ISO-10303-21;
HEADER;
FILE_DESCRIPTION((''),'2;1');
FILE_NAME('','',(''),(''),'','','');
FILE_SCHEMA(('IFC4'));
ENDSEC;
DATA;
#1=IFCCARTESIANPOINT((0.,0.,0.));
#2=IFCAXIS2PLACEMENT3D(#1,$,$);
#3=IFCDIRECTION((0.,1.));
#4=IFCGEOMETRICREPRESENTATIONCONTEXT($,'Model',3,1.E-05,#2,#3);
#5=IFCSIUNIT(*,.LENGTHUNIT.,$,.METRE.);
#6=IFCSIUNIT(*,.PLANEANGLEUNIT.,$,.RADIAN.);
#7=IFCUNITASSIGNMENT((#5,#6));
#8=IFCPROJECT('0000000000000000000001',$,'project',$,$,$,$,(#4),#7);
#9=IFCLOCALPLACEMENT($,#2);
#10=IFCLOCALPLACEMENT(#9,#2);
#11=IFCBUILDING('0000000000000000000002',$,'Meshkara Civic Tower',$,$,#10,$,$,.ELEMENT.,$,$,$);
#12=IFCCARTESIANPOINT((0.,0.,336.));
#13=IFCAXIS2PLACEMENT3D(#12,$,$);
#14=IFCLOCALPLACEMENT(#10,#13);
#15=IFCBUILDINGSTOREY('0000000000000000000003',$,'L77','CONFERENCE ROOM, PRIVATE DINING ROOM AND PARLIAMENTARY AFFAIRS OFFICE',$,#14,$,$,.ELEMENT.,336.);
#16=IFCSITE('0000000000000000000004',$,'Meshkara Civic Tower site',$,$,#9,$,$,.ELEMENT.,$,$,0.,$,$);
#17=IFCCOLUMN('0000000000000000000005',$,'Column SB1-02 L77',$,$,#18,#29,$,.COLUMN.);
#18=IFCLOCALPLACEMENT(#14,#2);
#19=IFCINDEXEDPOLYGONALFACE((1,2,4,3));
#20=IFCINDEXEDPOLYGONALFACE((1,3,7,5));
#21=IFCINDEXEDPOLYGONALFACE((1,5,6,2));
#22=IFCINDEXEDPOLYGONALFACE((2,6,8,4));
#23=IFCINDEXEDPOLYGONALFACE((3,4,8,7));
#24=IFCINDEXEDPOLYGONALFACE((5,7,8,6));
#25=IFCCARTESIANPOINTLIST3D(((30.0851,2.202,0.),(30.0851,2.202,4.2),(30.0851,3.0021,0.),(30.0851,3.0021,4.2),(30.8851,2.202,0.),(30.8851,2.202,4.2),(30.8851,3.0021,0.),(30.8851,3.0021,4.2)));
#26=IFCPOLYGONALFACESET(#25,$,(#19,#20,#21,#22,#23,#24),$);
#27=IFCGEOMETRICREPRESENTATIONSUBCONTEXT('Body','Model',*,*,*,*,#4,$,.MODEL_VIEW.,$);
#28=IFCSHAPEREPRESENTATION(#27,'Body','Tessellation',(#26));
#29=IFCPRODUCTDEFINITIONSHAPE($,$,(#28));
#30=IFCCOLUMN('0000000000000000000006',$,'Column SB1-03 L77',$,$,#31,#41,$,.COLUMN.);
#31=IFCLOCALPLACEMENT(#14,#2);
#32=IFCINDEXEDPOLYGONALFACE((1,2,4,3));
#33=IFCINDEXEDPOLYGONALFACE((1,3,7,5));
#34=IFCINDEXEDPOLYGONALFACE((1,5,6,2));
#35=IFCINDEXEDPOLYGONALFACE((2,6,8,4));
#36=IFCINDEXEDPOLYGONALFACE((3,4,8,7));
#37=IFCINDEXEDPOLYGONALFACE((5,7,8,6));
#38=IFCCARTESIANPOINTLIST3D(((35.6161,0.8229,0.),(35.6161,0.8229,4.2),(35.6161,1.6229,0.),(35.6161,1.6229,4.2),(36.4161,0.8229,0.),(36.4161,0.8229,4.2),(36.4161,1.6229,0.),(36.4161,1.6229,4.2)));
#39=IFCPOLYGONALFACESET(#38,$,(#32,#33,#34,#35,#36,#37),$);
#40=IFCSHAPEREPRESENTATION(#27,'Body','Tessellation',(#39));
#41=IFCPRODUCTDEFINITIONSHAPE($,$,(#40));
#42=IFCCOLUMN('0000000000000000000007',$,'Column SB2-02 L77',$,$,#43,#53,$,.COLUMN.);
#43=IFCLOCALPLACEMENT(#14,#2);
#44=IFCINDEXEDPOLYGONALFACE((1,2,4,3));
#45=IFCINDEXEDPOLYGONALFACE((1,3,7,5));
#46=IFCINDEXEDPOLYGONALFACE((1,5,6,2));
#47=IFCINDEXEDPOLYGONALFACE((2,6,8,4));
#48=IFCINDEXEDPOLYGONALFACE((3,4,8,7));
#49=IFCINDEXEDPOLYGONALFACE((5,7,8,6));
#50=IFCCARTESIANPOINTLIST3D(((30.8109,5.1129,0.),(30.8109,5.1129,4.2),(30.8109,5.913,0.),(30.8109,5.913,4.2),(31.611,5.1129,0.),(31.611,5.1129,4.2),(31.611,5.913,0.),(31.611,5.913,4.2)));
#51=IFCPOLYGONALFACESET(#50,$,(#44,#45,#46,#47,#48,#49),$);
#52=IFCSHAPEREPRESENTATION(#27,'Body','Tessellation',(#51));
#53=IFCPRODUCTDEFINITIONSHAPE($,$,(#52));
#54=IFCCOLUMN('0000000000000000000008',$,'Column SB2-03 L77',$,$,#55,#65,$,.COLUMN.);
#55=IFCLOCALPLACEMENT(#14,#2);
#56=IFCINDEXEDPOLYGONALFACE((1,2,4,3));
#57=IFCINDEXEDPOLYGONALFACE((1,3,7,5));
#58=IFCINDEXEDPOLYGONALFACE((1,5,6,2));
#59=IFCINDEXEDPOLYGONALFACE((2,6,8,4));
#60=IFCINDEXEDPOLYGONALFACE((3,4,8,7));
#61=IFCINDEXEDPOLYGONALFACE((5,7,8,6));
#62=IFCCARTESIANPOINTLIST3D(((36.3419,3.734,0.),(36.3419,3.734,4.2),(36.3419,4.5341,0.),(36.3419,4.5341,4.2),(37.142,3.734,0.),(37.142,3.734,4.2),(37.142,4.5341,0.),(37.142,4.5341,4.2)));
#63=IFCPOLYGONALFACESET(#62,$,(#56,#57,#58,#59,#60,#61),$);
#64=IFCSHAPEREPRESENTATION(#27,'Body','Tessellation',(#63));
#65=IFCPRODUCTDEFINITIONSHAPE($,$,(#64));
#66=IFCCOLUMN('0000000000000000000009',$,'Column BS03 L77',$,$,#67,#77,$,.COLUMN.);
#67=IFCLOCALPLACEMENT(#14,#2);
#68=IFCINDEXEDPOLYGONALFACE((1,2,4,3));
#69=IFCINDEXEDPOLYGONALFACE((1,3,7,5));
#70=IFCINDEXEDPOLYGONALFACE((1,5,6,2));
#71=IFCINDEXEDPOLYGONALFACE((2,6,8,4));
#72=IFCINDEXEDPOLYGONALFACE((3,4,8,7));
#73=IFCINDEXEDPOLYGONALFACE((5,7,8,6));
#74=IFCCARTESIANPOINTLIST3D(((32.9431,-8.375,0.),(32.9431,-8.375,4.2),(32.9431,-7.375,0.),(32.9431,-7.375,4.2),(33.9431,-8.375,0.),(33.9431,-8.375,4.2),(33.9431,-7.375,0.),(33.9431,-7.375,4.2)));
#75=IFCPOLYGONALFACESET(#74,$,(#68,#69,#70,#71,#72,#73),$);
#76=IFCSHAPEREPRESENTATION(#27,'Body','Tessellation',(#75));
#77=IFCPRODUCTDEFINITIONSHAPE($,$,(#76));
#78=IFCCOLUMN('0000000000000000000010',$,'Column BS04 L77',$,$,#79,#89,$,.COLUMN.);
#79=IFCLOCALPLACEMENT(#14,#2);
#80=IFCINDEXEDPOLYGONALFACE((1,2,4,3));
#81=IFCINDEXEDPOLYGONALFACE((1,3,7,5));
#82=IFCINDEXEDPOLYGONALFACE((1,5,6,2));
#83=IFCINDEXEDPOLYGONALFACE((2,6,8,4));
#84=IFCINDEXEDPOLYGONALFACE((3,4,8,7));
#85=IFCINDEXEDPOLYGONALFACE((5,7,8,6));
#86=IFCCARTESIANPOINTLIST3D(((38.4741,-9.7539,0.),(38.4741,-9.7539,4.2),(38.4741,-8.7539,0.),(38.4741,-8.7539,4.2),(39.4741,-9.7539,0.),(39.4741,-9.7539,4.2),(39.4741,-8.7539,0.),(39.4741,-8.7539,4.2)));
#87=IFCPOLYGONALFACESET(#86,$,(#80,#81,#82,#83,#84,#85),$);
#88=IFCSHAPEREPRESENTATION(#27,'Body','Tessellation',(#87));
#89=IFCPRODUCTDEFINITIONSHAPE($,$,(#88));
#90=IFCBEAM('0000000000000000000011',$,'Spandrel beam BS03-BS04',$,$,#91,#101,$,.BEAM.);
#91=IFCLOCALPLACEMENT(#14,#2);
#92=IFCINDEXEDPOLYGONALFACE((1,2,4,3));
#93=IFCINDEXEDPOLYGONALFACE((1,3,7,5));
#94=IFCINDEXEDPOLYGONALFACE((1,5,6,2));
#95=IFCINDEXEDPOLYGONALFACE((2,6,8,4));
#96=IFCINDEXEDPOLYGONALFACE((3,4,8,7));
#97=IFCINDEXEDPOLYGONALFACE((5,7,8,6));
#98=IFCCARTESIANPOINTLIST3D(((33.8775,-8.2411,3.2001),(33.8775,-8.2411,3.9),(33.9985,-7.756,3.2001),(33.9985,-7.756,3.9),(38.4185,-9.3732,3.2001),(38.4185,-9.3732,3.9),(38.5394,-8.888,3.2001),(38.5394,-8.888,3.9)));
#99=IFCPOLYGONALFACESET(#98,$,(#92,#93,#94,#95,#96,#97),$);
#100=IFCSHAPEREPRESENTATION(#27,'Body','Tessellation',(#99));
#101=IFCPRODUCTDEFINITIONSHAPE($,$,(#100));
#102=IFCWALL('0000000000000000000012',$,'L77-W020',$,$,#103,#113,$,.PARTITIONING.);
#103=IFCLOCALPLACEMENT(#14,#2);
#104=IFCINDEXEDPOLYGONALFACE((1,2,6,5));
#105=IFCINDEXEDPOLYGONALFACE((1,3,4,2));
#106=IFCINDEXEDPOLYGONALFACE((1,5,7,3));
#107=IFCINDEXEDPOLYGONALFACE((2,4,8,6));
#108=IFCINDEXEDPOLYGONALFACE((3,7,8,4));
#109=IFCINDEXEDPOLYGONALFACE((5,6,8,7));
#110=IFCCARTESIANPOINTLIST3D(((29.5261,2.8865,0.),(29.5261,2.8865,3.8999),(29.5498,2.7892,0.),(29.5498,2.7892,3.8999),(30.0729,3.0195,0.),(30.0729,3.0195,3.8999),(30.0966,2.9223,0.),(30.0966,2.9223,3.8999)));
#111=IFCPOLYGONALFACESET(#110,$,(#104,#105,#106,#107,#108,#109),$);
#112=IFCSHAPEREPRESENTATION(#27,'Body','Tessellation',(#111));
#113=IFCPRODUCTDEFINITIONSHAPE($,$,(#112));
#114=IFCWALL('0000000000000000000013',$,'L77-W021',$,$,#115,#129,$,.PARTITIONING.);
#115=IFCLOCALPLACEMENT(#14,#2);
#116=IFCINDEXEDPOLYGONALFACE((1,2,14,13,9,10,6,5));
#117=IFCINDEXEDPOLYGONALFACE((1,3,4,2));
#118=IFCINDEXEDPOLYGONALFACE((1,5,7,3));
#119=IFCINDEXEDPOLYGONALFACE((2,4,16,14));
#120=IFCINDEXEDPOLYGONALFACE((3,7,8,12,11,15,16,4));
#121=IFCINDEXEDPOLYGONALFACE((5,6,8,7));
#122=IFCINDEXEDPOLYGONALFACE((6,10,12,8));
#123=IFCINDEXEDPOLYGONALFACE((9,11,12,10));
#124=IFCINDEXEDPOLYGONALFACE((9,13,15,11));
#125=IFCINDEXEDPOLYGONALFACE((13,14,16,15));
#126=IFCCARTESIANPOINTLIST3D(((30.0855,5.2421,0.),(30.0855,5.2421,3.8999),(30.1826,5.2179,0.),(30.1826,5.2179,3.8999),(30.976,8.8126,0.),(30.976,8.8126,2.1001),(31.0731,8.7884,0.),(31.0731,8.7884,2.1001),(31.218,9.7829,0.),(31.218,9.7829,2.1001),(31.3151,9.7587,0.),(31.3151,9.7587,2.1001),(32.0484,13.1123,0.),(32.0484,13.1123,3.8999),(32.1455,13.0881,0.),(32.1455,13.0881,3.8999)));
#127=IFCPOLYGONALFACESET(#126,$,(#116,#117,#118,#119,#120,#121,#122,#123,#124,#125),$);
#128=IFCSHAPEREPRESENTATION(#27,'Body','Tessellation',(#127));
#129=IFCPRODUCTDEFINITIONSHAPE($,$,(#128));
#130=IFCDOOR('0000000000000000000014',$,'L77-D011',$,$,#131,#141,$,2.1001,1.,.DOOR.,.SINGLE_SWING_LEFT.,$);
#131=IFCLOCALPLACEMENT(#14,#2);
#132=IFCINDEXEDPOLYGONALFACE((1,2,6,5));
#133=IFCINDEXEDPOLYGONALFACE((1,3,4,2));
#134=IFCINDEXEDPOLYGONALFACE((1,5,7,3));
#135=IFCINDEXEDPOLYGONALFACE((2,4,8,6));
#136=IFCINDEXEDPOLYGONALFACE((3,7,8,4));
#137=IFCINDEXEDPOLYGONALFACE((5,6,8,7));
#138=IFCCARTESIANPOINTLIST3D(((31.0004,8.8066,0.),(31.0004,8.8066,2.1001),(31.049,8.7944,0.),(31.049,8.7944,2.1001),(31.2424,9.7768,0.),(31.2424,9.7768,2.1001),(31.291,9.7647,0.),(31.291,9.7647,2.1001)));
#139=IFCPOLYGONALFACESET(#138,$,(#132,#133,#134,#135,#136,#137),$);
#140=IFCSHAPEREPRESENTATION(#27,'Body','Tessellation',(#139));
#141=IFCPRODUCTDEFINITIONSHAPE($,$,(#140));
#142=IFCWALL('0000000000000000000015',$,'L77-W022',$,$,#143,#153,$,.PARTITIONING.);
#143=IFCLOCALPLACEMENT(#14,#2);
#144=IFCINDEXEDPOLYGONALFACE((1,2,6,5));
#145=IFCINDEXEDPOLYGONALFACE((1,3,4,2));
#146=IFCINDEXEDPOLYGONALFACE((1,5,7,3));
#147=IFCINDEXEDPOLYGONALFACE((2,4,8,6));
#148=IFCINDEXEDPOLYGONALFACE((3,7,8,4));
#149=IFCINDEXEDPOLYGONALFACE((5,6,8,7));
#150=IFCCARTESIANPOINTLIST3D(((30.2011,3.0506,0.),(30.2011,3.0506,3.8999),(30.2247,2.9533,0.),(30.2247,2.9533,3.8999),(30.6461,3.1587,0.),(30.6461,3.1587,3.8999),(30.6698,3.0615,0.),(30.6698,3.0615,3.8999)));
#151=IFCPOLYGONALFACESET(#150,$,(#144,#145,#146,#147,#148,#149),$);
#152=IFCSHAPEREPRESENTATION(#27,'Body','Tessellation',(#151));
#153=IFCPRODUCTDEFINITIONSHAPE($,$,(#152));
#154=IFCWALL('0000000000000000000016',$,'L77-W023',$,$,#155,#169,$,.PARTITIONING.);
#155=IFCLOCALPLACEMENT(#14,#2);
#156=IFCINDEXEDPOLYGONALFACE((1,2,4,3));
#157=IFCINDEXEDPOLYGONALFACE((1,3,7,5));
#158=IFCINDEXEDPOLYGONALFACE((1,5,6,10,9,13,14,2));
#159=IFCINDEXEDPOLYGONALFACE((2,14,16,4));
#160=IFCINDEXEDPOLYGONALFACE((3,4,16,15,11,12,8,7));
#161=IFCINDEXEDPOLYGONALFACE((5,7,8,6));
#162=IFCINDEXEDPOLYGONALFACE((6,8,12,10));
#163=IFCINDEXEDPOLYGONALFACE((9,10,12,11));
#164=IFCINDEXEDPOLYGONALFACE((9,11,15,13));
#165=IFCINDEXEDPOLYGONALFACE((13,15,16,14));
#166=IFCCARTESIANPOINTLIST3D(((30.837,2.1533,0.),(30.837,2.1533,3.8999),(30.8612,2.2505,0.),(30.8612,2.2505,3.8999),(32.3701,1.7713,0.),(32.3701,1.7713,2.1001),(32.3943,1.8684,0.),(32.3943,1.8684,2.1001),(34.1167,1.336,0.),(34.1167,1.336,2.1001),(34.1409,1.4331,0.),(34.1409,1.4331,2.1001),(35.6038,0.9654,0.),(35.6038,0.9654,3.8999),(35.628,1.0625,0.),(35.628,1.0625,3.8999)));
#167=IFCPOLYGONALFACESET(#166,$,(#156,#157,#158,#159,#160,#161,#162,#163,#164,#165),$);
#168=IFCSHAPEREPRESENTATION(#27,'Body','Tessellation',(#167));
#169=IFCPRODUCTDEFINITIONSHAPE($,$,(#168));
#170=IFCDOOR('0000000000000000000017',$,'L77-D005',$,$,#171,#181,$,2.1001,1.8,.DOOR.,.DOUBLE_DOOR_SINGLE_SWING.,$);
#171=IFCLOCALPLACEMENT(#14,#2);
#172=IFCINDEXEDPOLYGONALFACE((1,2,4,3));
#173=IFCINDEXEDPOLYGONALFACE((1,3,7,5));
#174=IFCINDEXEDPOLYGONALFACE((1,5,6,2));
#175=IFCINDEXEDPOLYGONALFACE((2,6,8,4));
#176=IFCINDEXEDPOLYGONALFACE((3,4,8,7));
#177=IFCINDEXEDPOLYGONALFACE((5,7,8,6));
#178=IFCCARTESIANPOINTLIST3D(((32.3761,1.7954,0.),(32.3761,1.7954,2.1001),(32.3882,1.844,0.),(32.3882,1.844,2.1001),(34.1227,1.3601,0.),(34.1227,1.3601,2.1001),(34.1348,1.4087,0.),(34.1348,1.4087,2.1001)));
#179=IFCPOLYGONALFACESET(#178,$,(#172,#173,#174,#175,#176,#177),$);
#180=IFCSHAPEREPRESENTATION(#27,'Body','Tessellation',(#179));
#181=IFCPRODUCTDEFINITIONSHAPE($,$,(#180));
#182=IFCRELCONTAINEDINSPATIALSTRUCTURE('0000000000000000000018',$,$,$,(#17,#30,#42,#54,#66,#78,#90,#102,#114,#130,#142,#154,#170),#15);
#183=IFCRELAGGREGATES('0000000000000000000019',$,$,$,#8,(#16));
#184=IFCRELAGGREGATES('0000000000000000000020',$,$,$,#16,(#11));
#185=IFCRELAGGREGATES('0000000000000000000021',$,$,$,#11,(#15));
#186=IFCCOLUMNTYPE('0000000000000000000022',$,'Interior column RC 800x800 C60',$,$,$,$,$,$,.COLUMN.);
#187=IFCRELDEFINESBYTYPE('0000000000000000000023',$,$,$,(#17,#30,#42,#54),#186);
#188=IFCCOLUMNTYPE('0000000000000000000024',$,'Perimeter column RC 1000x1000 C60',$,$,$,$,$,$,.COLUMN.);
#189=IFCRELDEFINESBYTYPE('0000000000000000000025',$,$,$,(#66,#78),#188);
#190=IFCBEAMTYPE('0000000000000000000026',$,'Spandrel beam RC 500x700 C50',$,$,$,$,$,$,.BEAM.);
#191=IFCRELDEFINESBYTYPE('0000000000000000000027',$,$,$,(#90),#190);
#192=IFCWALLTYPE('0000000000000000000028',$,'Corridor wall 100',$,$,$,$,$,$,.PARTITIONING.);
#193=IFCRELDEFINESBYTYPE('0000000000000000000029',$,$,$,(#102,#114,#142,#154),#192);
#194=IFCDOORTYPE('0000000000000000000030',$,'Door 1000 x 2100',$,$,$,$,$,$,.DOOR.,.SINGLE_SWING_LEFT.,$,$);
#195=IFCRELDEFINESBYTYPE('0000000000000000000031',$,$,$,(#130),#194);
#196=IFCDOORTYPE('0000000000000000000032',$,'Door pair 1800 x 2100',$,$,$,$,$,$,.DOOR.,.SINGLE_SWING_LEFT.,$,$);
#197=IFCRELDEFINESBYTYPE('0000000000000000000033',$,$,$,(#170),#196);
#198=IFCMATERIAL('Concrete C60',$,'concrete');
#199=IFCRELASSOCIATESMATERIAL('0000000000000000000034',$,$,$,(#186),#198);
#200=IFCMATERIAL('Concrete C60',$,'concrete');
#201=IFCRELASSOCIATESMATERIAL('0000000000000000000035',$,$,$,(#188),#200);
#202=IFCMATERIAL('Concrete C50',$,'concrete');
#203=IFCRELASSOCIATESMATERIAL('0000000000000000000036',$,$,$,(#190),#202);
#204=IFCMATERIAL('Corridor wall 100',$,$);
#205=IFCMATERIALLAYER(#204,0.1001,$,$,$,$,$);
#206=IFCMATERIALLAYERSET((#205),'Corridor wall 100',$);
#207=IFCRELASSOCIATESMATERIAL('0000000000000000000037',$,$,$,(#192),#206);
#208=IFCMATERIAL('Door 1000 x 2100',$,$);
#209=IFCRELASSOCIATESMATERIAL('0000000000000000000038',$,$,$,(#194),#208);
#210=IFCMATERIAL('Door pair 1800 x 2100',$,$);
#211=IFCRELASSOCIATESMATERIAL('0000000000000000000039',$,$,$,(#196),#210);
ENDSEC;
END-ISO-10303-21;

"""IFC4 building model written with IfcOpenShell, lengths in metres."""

from ifc_helpers import new_model, si_unit, direction, frame, frame_2d, origin, origin_2d, place, context, subcontext, project, spatial, rectangle, extrude, material, layer, layer_set, material_profile, profile_set, type_object, element, fill, save


model = new_model("IFC4")

# Units and contexts
model_context = context("Model", 3, precision=1e-05, world=origin(), true_north=direction((0.0, 1.0)))
body_context = subcontext(model_context, "Body", "Model", "MODEL_VIEW")
ifc_project = project(units=[si_unit("LENGTHUNIT", "METRE"), si_unit("PLANEANGLEUNIT", "RADIAN")], contexts=[model_context])

# Site, building, storey
site_placement = place(None, origin())
site = spatial("IfcSite", under=ifc_project, at=site_placement, Name="Meshkara Civic Tower site", CompositionType="ELEMENT", RefElevation=0.0)
building_placement = place(site_placement, origin())
building = spatial("IfcBuilding", under=site, at=building_placement, Name="Meshkara Civic Tower", CompositionType="ELEMENT")
storey_placement = place(building_placement, frame((0.0, 0.0, 336.0)))
storey = spatial("IfcBuildingStorey", under=building, at=storey_placement, Name="L77", Description="CONFERENCE ROOM, PRIVATE DINING ROOM AND PARLIAMENTARY AFFAIRS OFFICE", CompositionType="ELEMENT", Elevation=336.0)

# Columns
ifc_material_1 = material(Name="Concrete C60", Category="concrete")
ifc_material_profile_1 = material_profile(ifc_material_1, rectangle(XDim=0.8, YDim=0.8, at=origin_2d()))
ifc_profile_set_1 = profile_set([ifc_material_profile_1], Name="Concrete C60")
column_type_1 = type_object("IfcColumnType", Name="Interior column RC 800x800 C60", PredefinedType="COLUMN", material=ifc_profile_set_1)
for number, where, z_axis, x_axis, name in (
    (1, (30.4851, 2.6021, 0.0), (0.0, 0.0, 1.0), (1.0, 0.0, 0.0), "Column SB1-02 L77"),
    (2, (36.0161, 1.2229, 0.0), (0.0, 0.0, 1.0), (1.0, 0.0, 0.0), "Column SB1-03 L77"),
    (3, (31.2109, 5.5129, 0.0), (0.0, 0.0, 1.0), (1.0, 0.0, 0.0), "Column SB2-02 L77"),
    (4, (36.7419, 4.134, 0.0), (0.0, 0.0, 1.0), (1.0, 0.0, 0.0), "Column SB2-03 L77"),
):
    element("IfcColumn", number, at=place(storey_placement, frame(where, z_axis=z_axis, x_axis=x_axis)), inside=storey, type_object=column_type_1, Name=name, PredefinedType="COLUMN", context=body_context, shape_type="SweptSolid", body=[
        extrude(rectangle(XDim=0.8, YDim=0.8, at=origin_2d()), origin(), (0.0, 0.0, 1.0), 4.2),
    ])
ifc_material_2 = material(Name="Concrete C60", Category="concrete")
ifc_material_profile_2 = material_profile(ifc_material_2, rectangle(XDim=1.0, YDim=1.0, at=origin_2d()))
ifc_profile_set_2 = profile_set([ifc_material_profile_2], Name="Concrete C60")
column_type_2 = type_object("IfcColumnType", Name="Perimeter column RC 1000x1000 C60", PredefinedType="COLUMN", material=ifc_profile_set_2)
for number, where, z_axis, x_axis, name in (
    (5, (33.4431, -7.875, 0.0), (0.0, 0.0, 1.0), (1.0, 0.0, 0.0), "Column BS03 L77"),
    (6, (38.9741, -9.2539, 0.0), (0.0, 0.0, 1.0), (1.0, 0.0, 0.0), "Column BS04 L77"),
):
    element("IfcColumn", number, at=place(storey_placement, frame(where, z_axis=z_axis, x_axis=x_axis)), inside=storey, type_object=column_type_2, Name=name, PredefinedType="COLUMN", context=body_context, shape_type="SweptSolid", body=[
        extrude(rectangle(XDim=1.0, YDim=1.0, at=origin_2d()), origin(), (0.0, 0.0, 1.0), 4.2),
    ])

# Beam
ifc_material_3 = material(Name="Concrete C50", Category="concrete")
ifc_material_profile_3 = material_profile(ifc_material_3, rectangle(XDim=0.5, YDim=0.7, at=origin_2d()))
ifc_profile_set_3 = profile_set([ifc_material_profile_3], Name="Concrete C50")
beam_type = type_object("IfcBeamType", Name="Spandrel beam RC 500x700 C50", PredefinedType="BEAM", material=ifc_profile_set_3)
beam_placement = place(storey_placement, frame((33.938, -7.9985, 3.55), z_axis=(0.970302, -0.241897, 0.0), x_axis=(0.241897, 0.970302, 0.0)))
element("IfcBeam", 7, at=beam_placement, inside=storey, type_object=beam_type, Name="Spandrel beam BS03-BS04", PredefinedType="BEAM", context=body_context, shape_type="SweptSolid", body=[
    extrude(rectangle(XDim=0.5, YDim=0.7, at=origin_2d()), origin(), (0.0, 0.0, 1.0), 4.6799),
])

# Wall
ifc_material_4 = material(Name="Corridor wall 100")
ifc_layer_1 = layer(ifc_material_4, 0.1001)
ifc_layer_set_1 = layer_set([ifc_layer_1], Name="Corridor wall 100")
wall_type_1 = type_object("IfcWallType", Name="Corridor wall 100", PredefinedType="PARTITIONING", material=ifc_layer_set_1)
wall_1_placement = place(storey_placement, frame((29.5381, 2.8379, 0.0), z_axis=(0.0, 0.0, 1.0), x_axis=(0.971654, 0.236407, 0.0)))
element("IfcWall", 8, at=wall_1_placement, inside=storey, type_object=wall_type_1, Name="L77-W020", PredefinedType="PARTITIONING", context=body_context, shape_type="SweptSolid", body=[
    extrude(rectangle(XDim=0.5627, YDim=0.1001, at=frame_2d((0.2812, 0.0))), origin(), (0.0, 0.0, 1.0), 3.8999),
])

# Wall, opening, door
wall_2_placement = place(storey_placement, frame((30.134, 5.23, 0.0), z_axis=(0.0, 0.0, 1.0), x_axis=(0.241997, 0.970277, 0.0)))
wall_2 = element("IfcWall", 9, at=wall_2_placement, inside=storey, type_object=wall_type_1, Name="L77-W021", PredefinedType="PARTITIONING", context=body_context, shape_type="SweptSolid", body=[
    extrude(rectangle(XDim=8.1113, YDim=0.1001, at=frame_2d((4.0557, 0.0))), origin(), (0.0, 0.0, 1.0), 3.8999),
])
opening_1_placement = place(wall_2_placement, frame((3.6799, 0.0, 0.0)))
opening_1 = element("IfcOpeningElement", 10, at=opening_1_placement, cuts=wall_2, PredefinedType="OPENING", context=body_context, shape_type="SweptSolid", body=[
    extrude(rectangle(XDim=1.0, YDim=2.1001, at=frame_2d((0.5, 1.05))), frame((0.0, 0.0601, 0.0), z_axis=(0.0, -1.0, 0.0), x_axis=(1.0, 0.0, 0.0)), (0.0, 0.0, 1.0), 0.1201),
])
ifc_material_5 = material(Name="Door 1000 x 2100")
door_type_1 = type_object("IfcDoorType", Name="Door 1000 x 2100", OperationType="SINGLE_SWING_LEFT", PredefinedType="DOOR", material=ifc_material_5)
door_1_placement = place(opening_1_placement, origin())
door_1 = element("IfcDoor", 11, at=door_1_placement, inside=storey, type_object=door_type_1, Name="L77-D011", OperationType="SINGLE_SWING_LEFT", OverallHeight=2.1001, OverallWidth=1.0, PredefinedType="DOOR", context=body_context, shape_type="SweptSolid", body=[
    extrude(rectangle(XDim=1.0, YDim=2.1001, at=frame_2d((0.5, 1.05))), frame((0.0, 0.0249, 0.0), z_axis=(0.0, -1.0, 0.0), x_axis=(1.0, 0.0, 0.0)), (0.0, 0.0, 1.0), 0.05),
])
fill(opening_1, door_1)

# Wall
wall_3_placement = place(storey_placement, frame((30.2129, 3.002, 0.0), z_axis=(0.0, 0.0, 1.0), x_axis=(0.971721, 0.236134, 0.0)))
element("IfcWall", 12, at=wall_3_placement, inside=storey, type_object=wall_type_1, Name="L77-W022", PredefinedType="PARTITIONING", context=body_context, shape_type="SweptSolid", body=[
    extrude(rectangle(XDim=0.458, YDim=0.1001, at=frame_2d((0.229, 0.0))), origin(), (0.0, 0.0, 1.0), 3.8999),
])

# Wall, opening, door
wall_4_placement = place(storey_placement, frame((30.8491, 2.2019, 0.0), z_axis=(0.0, 0.0, 1.0), x_axis=(0.970321, -0.241822, 0.0)))
wall_4 = element("IfcWall", 13, at=wall_4_placement, inside=storey, type_object=wall_type_1, Name="L77-W023", PredefinedType="PARTITIONING", context=body_context, shape_type="SweptSolid", body=[
    extrude(rectangle(XDim=4.9126, YDim=0.1001, at=frame_2d((2.4563, 0.0))), origin(), (0.0, 0.0, 1.0), 3.8999),
])
opening_2_placement = place(wall_4_placement, frame((1.5801, 0.0, 0.0)))
opening_2 = element("IfcOpeningElement", 14, at=opening_2_placement, cuts=wall_4, PredefinedType="OPENING", context=body_context, shape_type="SweptSolid", body=[
    extrude(rectangle(XDim=1.8, YDim=2.1001, at=frame_2d((0.8999, 1.05))), frame((0.0, 0.0601, 0.0), z_axis=(0.0, -1.0, 0.0), x_axis=(1.0, 0.0, 0.0)), (0.0, 0.0, 1.0), 0.1201),
])
ifc_material_6 = material(Name="Door pair 1800 x 2100")
door_type_2 = type_object("IfcDoorType", Name="Door pair 1800 x 2100", OperationType="SINGLE_SWING_LEFT", PredefinedType="DOOR", material=ifc_material_6)
door_2_placement = place(opening_2_placement, origin())
door_2 = element("IfcDoor", 15, at=door_2_placement, inside=storey, type_object=door_type_2, Name="L77-D005", OperationType="DOUBLE_DOOR_SINGLE_SWING", OverallHeight=2.1001, OverallWidth=1.8, PredefinedType="DOOR", context=body_context, shape_type="SweptSolid", body=[
    extrude(rectangle(XDim=1.8, YDim=2.1001, at=frame_2d((0.8999, 1.05))), frame((0.0, 0.0249, 0.0), z_axis=(0.0, -1.0, 0.0), x_axis=(1.0, 0.0, 0.0)), (0.0, 0.0, 1.0), 0.05),
])
fill(opening_2, door_2)

save(model, "model.ifc")
